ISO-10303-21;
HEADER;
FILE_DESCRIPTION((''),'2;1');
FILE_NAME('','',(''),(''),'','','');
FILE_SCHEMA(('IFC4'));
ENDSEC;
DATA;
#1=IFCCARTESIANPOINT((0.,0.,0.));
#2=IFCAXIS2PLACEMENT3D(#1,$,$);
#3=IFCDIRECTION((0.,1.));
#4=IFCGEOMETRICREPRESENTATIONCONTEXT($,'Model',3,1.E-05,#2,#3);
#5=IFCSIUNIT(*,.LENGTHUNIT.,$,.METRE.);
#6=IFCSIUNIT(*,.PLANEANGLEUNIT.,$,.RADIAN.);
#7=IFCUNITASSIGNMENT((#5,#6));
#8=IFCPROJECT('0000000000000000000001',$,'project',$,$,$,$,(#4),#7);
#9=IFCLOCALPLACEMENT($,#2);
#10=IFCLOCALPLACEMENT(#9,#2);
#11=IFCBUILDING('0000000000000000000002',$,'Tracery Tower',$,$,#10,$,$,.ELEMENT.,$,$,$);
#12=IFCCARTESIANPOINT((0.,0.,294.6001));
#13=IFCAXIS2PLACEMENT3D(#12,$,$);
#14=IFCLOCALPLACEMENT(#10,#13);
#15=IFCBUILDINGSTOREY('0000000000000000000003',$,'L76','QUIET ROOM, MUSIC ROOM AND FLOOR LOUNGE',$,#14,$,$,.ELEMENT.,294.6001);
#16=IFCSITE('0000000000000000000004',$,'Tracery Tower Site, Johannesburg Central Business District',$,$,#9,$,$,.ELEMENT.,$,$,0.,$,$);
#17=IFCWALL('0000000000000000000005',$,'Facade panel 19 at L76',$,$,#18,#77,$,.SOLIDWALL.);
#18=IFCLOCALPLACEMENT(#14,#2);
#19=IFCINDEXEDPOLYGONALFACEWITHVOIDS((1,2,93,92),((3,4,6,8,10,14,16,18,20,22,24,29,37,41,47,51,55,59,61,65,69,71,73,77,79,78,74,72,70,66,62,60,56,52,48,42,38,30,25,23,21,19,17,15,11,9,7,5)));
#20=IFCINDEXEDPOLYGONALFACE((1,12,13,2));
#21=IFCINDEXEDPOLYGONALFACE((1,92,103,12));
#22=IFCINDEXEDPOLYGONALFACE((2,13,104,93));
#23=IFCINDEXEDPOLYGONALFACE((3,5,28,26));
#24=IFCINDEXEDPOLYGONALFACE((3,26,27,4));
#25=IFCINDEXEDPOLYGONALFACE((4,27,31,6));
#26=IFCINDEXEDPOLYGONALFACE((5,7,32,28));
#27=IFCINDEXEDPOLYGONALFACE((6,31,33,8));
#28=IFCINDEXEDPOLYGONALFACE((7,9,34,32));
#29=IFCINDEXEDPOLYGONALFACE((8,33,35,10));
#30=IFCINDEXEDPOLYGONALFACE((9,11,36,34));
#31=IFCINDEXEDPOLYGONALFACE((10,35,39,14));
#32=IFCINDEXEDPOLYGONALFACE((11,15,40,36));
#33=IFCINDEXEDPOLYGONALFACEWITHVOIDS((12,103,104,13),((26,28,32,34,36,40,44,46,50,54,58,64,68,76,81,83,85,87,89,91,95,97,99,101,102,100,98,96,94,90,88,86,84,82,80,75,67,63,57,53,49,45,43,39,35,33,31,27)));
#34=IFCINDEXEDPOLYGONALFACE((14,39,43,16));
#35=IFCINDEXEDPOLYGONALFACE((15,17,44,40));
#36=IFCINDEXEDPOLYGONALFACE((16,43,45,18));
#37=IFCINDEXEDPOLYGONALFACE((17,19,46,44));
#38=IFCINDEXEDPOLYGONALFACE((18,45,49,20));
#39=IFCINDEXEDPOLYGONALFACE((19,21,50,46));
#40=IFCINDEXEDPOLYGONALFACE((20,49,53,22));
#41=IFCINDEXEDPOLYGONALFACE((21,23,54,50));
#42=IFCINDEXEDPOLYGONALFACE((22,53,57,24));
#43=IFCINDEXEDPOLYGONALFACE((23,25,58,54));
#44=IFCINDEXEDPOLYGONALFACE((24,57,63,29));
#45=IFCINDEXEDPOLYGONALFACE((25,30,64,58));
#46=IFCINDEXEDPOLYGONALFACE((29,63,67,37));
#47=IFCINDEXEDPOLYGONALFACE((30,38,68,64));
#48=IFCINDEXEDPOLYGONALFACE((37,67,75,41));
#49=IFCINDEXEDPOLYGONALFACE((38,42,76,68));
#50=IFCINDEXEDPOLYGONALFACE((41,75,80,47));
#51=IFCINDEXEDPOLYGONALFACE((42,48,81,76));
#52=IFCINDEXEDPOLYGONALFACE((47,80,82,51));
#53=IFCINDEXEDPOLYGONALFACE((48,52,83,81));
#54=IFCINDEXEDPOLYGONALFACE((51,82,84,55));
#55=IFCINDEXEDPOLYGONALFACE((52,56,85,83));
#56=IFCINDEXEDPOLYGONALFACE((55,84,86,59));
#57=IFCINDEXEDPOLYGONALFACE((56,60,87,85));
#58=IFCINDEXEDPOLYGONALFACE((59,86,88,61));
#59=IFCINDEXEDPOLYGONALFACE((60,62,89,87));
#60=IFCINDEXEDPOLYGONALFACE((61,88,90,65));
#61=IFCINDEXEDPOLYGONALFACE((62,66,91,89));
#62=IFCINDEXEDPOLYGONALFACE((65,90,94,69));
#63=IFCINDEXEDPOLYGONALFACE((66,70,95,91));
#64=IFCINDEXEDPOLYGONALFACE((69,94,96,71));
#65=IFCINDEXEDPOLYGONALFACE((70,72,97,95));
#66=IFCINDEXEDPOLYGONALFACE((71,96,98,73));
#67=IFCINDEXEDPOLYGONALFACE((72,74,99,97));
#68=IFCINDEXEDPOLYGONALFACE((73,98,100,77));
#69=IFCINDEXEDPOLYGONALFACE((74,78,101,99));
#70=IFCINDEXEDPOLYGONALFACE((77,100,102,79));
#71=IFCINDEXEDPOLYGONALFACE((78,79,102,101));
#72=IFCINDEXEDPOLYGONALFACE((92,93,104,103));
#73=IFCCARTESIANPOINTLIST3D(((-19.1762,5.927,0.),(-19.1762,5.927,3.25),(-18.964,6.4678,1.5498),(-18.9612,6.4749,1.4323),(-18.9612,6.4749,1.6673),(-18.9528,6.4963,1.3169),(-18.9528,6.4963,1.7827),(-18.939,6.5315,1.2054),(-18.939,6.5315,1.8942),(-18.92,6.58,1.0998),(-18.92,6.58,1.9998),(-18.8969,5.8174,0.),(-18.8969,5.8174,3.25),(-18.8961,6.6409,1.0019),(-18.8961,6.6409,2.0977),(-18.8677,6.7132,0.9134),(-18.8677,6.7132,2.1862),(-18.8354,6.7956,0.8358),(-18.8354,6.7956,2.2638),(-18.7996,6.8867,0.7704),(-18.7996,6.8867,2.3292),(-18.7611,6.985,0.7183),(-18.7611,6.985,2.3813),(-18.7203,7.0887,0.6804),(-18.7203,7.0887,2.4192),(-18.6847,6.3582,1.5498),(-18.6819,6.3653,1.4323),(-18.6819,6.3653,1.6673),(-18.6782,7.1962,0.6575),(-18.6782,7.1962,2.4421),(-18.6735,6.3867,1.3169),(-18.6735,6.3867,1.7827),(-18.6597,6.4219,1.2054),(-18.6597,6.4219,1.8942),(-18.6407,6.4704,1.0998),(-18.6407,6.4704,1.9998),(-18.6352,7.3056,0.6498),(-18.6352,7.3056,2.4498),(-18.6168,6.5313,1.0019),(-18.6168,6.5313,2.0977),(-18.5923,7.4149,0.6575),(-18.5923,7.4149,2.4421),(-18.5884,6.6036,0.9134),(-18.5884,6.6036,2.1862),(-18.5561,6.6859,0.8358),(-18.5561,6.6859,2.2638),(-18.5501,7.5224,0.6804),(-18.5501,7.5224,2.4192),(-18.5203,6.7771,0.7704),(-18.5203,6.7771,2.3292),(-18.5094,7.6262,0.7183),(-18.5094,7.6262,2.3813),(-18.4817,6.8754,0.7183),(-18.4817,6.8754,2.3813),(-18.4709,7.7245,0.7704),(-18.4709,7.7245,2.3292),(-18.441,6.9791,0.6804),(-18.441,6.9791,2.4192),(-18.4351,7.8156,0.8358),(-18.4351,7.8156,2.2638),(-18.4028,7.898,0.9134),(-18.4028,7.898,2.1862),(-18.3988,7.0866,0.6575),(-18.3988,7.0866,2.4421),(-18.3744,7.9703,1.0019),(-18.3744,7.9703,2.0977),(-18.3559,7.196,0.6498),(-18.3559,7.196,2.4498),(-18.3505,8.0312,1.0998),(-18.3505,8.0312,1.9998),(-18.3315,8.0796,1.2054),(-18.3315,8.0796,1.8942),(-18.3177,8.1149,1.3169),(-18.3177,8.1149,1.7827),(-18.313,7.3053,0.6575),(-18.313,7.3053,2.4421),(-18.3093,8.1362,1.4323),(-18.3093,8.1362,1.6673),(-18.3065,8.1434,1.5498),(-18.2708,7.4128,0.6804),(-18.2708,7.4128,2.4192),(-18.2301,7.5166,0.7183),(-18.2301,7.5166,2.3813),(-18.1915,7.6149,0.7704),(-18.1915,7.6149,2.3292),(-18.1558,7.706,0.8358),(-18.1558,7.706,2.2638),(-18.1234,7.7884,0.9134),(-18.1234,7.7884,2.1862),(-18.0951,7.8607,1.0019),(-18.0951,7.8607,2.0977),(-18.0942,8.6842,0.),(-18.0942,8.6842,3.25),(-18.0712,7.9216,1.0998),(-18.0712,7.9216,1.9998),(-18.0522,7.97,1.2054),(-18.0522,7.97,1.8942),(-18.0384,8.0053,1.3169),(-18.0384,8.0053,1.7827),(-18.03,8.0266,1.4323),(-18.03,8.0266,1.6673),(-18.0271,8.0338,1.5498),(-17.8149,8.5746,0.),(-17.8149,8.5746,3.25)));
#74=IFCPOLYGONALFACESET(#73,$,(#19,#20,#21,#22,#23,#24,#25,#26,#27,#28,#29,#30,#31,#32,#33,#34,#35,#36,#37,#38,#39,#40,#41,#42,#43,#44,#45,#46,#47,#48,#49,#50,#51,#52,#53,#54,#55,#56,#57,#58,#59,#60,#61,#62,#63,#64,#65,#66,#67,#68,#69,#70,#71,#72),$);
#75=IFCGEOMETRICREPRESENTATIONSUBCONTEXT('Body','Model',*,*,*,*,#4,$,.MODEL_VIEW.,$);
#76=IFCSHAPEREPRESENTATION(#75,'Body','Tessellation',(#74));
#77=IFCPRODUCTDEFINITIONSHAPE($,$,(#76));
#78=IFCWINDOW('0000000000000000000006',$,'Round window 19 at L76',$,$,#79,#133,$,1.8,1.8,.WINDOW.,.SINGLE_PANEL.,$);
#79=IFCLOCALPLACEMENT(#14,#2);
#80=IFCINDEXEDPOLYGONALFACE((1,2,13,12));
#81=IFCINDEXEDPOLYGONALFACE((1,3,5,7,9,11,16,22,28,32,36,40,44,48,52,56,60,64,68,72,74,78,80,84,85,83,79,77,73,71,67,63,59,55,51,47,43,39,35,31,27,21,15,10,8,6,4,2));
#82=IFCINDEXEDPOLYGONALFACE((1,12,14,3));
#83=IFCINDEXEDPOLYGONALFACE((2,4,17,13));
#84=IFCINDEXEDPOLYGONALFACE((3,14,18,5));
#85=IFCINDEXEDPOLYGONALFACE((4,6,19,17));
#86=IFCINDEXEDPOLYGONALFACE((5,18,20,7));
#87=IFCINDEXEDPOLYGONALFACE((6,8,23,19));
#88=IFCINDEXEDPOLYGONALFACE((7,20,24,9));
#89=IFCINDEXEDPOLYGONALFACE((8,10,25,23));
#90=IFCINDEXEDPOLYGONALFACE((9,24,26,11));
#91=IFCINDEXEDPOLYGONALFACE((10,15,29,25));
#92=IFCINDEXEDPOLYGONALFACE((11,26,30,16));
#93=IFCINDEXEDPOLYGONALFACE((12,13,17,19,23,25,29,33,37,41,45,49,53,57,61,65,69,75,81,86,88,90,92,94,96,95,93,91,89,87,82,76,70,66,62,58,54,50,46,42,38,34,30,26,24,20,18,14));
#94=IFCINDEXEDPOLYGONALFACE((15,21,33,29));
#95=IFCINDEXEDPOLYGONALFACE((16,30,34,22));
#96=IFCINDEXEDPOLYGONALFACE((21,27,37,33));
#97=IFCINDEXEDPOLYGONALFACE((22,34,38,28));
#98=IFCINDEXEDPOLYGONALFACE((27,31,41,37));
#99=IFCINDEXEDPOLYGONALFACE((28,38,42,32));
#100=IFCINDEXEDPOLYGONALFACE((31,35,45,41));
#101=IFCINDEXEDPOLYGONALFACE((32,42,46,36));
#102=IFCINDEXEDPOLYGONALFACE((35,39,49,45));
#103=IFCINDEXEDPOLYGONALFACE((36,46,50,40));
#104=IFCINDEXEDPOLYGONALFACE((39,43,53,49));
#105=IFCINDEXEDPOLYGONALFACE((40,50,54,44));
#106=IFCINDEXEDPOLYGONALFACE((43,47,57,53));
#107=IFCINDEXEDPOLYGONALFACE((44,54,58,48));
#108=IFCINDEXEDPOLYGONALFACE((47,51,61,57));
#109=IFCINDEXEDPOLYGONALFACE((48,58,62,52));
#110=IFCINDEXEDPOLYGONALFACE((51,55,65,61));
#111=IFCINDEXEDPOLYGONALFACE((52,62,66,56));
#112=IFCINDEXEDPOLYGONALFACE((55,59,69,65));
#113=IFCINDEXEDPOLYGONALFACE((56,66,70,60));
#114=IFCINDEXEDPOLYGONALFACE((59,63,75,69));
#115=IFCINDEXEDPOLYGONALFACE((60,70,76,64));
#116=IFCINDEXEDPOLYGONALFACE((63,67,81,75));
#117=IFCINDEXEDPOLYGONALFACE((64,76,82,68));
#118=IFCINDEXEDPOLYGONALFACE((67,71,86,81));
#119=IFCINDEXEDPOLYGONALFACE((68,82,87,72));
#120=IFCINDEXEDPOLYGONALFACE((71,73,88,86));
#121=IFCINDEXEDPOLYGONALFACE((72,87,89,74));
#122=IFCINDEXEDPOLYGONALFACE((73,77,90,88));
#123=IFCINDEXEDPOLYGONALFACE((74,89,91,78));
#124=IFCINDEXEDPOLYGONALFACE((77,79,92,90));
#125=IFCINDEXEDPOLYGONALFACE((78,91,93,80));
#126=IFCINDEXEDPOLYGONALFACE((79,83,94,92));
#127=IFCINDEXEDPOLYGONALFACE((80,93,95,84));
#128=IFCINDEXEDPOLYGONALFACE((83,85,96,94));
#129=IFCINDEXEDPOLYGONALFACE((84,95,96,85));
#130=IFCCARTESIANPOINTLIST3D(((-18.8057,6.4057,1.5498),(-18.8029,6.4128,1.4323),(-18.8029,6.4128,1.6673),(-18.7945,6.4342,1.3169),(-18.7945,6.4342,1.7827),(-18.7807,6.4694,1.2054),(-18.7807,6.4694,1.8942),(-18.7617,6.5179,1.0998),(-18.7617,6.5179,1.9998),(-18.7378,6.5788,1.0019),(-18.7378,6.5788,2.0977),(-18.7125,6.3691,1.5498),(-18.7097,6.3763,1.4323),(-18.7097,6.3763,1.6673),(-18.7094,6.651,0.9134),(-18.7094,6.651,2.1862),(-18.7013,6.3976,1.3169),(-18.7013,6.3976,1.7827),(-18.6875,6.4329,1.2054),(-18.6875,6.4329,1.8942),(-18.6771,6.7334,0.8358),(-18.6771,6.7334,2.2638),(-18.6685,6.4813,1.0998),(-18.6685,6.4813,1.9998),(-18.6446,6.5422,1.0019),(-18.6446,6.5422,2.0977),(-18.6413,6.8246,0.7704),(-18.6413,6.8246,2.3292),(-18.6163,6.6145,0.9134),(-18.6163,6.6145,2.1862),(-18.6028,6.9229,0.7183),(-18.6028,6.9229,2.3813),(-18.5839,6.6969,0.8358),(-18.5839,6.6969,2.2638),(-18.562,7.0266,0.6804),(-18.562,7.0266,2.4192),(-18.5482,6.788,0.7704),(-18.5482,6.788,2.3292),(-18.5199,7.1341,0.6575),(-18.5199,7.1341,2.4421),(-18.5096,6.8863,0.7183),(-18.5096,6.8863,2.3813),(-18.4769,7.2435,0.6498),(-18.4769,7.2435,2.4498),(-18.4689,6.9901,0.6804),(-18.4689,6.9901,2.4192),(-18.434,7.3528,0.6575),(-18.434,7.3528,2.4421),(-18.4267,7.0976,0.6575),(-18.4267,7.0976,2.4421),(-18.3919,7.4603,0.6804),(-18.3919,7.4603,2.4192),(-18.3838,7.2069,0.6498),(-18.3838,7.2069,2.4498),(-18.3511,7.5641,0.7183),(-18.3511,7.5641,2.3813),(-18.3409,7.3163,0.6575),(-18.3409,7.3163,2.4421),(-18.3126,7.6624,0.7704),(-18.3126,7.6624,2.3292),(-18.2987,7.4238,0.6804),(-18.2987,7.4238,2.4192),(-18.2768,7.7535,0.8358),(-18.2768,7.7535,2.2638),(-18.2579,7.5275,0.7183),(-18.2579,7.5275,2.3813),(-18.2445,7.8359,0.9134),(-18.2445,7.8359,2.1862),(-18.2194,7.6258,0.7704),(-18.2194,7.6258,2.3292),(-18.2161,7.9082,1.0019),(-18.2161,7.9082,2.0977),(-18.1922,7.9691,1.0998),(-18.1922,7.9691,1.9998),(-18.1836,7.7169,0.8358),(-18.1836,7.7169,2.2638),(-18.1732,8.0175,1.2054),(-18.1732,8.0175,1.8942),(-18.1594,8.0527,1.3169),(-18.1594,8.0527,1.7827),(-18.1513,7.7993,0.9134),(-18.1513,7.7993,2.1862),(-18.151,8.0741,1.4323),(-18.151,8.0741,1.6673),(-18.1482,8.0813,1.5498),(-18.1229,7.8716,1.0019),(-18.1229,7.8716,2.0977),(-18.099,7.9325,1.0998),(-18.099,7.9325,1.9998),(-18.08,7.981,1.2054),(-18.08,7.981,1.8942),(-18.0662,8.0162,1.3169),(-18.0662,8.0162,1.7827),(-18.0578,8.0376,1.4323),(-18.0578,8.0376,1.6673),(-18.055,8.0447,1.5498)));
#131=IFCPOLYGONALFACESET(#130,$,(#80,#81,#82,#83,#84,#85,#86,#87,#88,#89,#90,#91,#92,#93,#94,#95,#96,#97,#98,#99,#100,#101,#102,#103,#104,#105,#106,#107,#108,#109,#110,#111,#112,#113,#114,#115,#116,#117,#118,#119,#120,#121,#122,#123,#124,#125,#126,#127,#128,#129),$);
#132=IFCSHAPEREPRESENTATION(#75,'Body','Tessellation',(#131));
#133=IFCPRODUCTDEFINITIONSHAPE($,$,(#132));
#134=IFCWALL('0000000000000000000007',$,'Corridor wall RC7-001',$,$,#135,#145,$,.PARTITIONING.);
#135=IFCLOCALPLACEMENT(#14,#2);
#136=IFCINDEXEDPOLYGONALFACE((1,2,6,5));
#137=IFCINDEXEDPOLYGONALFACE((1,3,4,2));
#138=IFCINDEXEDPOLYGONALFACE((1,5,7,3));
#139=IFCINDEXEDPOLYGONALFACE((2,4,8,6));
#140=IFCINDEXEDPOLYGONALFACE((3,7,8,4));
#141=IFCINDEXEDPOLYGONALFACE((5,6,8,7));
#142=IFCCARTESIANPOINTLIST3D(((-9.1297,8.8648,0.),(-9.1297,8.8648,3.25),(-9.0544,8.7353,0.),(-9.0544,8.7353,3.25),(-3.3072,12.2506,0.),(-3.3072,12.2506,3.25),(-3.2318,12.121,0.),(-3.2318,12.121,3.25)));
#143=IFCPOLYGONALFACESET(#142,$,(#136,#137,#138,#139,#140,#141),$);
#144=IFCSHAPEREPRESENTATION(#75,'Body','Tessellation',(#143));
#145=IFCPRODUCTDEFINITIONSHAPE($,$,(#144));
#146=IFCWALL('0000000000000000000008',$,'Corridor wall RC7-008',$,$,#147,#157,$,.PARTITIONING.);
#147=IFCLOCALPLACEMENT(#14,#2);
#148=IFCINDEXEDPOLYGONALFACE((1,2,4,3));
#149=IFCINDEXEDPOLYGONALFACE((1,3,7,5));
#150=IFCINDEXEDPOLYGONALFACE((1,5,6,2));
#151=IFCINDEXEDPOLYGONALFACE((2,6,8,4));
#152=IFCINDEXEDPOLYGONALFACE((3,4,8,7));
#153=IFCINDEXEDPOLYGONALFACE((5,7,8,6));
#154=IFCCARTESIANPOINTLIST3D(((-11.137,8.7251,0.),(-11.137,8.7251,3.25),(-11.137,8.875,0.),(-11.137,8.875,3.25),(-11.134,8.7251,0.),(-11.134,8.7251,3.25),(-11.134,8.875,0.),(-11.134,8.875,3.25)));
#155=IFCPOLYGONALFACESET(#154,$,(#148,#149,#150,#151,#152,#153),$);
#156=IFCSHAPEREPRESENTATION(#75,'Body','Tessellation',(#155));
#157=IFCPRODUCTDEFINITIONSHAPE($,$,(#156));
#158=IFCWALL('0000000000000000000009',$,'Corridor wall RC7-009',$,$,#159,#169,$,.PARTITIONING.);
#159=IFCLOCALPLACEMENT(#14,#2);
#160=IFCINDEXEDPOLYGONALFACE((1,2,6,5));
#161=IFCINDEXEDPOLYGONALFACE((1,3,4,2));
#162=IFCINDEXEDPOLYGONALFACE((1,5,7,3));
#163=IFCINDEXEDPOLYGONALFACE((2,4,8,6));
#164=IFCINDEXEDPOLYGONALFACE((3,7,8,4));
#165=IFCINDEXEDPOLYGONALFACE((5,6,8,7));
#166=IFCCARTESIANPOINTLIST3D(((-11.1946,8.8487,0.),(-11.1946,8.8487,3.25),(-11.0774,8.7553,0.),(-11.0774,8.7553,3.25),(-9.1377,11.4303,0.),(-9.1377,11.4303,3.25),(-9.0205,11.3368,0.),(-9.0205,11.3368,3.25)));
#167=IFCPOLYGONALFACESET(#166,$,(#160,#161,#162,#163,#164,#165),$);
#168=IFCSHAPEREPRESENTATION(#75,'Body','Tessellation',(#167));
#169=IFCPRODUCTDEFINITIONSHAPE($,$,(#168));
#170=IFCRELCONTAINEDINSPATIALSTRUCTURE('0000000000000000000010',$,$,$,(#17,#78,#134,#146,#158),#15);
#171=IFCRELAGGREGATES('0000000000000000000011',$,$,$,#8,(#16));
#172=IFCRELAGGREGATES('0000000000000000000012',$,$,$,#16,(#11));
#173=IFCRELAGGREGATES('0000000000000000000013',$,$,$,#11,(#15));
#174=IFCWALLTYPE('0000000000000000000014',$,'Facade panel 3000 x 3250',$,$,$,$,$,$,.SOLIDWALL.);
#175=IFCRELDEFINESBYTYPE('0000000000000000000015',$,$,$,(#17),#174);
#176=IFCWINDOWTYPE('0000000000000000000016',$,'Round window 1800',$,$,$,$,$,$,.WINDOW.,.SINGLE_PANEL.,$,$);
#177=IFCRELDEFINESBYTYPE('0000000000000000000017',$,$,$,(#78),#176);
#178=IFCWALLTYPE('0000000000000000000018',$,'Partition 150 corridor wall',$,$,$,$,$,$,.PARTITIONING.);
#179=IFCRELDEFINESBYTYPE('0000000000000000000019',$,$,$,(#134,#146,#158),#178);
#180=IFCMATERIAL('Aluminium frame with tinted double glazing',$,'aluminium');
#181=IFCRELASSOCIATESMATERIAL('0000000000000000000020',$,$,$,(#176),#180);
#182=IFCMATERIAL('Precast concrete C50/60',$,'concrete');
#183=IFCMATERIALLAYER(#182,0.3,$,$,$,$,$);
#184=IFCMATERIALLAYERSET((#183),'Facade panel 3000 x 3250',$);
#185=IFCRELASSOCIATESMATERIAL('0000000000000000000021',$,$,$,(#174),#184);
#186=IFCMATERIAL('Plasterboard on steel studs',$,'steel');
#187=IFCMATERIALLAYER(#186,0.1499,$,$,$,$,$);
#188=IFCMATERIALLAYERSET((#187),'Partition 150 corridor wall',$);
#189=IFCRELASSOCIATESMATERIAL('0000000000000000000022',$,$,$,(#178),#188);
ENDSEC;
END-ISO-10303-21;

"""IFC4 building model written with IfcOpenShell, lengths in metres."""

from ifc_helpers import new_model, si_unit, direction, frame, frame_2d, origin, origin_2d, place, context, subcontext, project, spatial, rectangle, circle, extrude, material, layer, layer_set, type_object, element, fill, save


model = new_model("IFC4")

# Units and contexts
model_context = context("Model", 3, precision=1e-05, world=origin(), true_north=direction((0.0, 1.0)))
body_context = subcontext(model_context, "Body", "Model", "MODEL_VIEW")
ifc_project = project(units=[si_unit("LENGTHUNIT", "METRE"), si_unit("PLANEANGLEUNIT", "RADIAN")], contexts=[model_context])

# Site, building, storey
site_placement = place(None, origin())
site = spatial("IfcSite", under=ifc_project, at=site_placement, Name="Tracery Tower Site, Johannesburg Central Business District", CompositionType="ELEMENT", RefElevation=0.0)
building_placement = place(site_placement, origin())
building = spatial("IfcBuilding", under=site, at=building_placement, Name="Tracery Tower", CompositionType="ELEMENT")
storey_placement = place(building_placement, frame((0.0, 0.0, 294.6001)))
storey = spatial("IfcBuildingStorey", under=building, at=storey_placement, Name="L76", Description="QUIET ROOM, MUSIC ROOM AND FLOOR LOUNGE", CompositionType="ELEMENT", Elevation=294.6001)

# Wall, opening, window
ifc_material_1 = material(Name="Aluminium frame with tinted double glazing", Category="aluminium")
window_type = type_object("IfcWindowType", Name="Round window 1800", PartitioningType="SINGLE_PANEL", PredefinedType="WINDOW", material=ifc_material_1)
ifc_material_2 = material(Name="Precast concrete C50/60", Category="concrete")
ifc_layer_1 = layer(ifc_material_2, 0.3)
ifc_layer_set_1 = layer_set([ifc_layer_1], Name="Facade panel 3000 x 3250")
wall_type_1 = type_object("IfcWallType", Name="Facade panel 3000 x 3250", PredefinedType="SOLIDWALL", material=ifc_layer_set_1)
wall_1_placement = place(storey_placement, frame((-17.9546, 8.6294, 0.0), z_axis=(0.0, 0.0, 1.0), x_axis=(-0.3653, -0.93089, 0.0)))
wall_1 = element("IfcWall", 1, at=wall_1_placement, inside=storey, type_object=wall_type_1, Name="Facade panel 19 at L76", PredefinedType="SOLIDWALL", context=body_context, shape_type="SweptSolid", body=[
    extrude(rectangle(XDim=2.9619, YDim=0.3, at=frame_2d((1.481, 0.0))), origin(), (0.0, 0.0, 1.0), 3.25),
])
opening_1_placement = place(wall_1_placement, frame((1.481, 0.0, 1.5498)))
opening_1 = element("IfcOpeningElement", 2, at=opening_1_placement, cuts=wall_1, PredefinedType="OPENING", context=body_context, shape_type="SweptSolid", body=[
    extrude(circle(Radius=0.9, at=origin_2d()), frame((0.0, 0.1599, 0.0), z_axis=(0.0, -1.0, 0.0), x_axis=(1.0, 0.0, 0.0)), (0.0, 0.0, 1.0), 0.3201),
])
window_1_placement = place(opening_1_placement, origin())
window_1 = element("IfcWindow", 3, at=window_1_placement, inside=storey, type_object=window_type, Name="Round window 19 at L76", OverallHeight=1.8, OverallWidth=1.8, PartitioningType="SINGLE_PANEL", PredefinedType="WINDOW", context=body_context, shape_type="SweptSolid", body=[
    extrude(circle(Radius=0.9, at=origin_2d()), frame((0.0, 0.1201, 0.0), z_axis=(0.0, -1.0, 0.0), x_axis=(1.0, 0.0, 0.0)), (0.0, 0.0, 1.0), 0.1001),
])
fill(opening_1, window_1)

# Walls
ifc_material_3 = material(Name="Plasterboard on steel studs", Category="steel")
ifc_layer_2 = layer(ifc_material_3, 0.1499)
ifc_layer_set_2 = layer_set([ifc_layer_2], Name="Partition 150 corridor wall")
wall_type_2 = type_object("IfcWallType", Name="Partition 150 corridor wall", PredefinedType="PARTITIONING", material=ifc_layer_set_2)
wall_2_placement = place(storey_placement, frame((-9.092, 8.8, 0.0), z_axis=(0.0, 0.0, 1.0), x_axis=(0.864471, 0.502683, 0.0)))
element("IfcWall", 4, at=wall_2_placement, inside=storey, type_object=wall_type_2, Name="Corridor wall RC7-001", PredefinedType="PARTITIONING", context=body_context, shape_type="SweptSolid", body=[
    extrude(rectangle(XDim=6.7354, YDim=0.1499, at=frame_2d((3.3677, 0.0))), origin(), (0.0, 0.0, 1.0), 3.25),
])
wall_3_placement = place(storey_placement, frame((-11.134, 8.8, 0.0), z_axis=(0.0, 0.0, 1.0), x_axis=(-1.0, 0.0, 0.0)))
element("IfcWall", 5, at=wall_3_placement, inside=storey, type_object=wall_type_2, Name="Corridor wall RC7-008", PredefinedType="PARTITIONING", context=body_context, shape_type="SweptSolid", body=[
    extrude(rectangle(XDim=0.0029, YDim=0.1499, at=frame_2d((0.0015, 0.0))), origin(), (0.0, 0.0, 1.0), 3.25),
])
wall_4_placement = place(storey_placement, frame((-11.136, 8.802, 0.0), z_axis=(0.0, 0.0, 1.0), x_axis=(0.623151, 0.782101, 0.0)))
element("IfcWall", 6, at=wall_4_placement, inside=storey, type_object=wall_type_2, Name="Corridor wall RC7-009", PredefinedType="PARTITIONING", context=body_context, shape_type="SweptSolid", body=[
    extrude(rectangle(XDim=3.3008, YDim=0.1499, at=frame_2d((1.6504, 0.0))), origin(), (0.0, 0.0, 1.0), 3.25),
])

save(model, "model.ifc")
